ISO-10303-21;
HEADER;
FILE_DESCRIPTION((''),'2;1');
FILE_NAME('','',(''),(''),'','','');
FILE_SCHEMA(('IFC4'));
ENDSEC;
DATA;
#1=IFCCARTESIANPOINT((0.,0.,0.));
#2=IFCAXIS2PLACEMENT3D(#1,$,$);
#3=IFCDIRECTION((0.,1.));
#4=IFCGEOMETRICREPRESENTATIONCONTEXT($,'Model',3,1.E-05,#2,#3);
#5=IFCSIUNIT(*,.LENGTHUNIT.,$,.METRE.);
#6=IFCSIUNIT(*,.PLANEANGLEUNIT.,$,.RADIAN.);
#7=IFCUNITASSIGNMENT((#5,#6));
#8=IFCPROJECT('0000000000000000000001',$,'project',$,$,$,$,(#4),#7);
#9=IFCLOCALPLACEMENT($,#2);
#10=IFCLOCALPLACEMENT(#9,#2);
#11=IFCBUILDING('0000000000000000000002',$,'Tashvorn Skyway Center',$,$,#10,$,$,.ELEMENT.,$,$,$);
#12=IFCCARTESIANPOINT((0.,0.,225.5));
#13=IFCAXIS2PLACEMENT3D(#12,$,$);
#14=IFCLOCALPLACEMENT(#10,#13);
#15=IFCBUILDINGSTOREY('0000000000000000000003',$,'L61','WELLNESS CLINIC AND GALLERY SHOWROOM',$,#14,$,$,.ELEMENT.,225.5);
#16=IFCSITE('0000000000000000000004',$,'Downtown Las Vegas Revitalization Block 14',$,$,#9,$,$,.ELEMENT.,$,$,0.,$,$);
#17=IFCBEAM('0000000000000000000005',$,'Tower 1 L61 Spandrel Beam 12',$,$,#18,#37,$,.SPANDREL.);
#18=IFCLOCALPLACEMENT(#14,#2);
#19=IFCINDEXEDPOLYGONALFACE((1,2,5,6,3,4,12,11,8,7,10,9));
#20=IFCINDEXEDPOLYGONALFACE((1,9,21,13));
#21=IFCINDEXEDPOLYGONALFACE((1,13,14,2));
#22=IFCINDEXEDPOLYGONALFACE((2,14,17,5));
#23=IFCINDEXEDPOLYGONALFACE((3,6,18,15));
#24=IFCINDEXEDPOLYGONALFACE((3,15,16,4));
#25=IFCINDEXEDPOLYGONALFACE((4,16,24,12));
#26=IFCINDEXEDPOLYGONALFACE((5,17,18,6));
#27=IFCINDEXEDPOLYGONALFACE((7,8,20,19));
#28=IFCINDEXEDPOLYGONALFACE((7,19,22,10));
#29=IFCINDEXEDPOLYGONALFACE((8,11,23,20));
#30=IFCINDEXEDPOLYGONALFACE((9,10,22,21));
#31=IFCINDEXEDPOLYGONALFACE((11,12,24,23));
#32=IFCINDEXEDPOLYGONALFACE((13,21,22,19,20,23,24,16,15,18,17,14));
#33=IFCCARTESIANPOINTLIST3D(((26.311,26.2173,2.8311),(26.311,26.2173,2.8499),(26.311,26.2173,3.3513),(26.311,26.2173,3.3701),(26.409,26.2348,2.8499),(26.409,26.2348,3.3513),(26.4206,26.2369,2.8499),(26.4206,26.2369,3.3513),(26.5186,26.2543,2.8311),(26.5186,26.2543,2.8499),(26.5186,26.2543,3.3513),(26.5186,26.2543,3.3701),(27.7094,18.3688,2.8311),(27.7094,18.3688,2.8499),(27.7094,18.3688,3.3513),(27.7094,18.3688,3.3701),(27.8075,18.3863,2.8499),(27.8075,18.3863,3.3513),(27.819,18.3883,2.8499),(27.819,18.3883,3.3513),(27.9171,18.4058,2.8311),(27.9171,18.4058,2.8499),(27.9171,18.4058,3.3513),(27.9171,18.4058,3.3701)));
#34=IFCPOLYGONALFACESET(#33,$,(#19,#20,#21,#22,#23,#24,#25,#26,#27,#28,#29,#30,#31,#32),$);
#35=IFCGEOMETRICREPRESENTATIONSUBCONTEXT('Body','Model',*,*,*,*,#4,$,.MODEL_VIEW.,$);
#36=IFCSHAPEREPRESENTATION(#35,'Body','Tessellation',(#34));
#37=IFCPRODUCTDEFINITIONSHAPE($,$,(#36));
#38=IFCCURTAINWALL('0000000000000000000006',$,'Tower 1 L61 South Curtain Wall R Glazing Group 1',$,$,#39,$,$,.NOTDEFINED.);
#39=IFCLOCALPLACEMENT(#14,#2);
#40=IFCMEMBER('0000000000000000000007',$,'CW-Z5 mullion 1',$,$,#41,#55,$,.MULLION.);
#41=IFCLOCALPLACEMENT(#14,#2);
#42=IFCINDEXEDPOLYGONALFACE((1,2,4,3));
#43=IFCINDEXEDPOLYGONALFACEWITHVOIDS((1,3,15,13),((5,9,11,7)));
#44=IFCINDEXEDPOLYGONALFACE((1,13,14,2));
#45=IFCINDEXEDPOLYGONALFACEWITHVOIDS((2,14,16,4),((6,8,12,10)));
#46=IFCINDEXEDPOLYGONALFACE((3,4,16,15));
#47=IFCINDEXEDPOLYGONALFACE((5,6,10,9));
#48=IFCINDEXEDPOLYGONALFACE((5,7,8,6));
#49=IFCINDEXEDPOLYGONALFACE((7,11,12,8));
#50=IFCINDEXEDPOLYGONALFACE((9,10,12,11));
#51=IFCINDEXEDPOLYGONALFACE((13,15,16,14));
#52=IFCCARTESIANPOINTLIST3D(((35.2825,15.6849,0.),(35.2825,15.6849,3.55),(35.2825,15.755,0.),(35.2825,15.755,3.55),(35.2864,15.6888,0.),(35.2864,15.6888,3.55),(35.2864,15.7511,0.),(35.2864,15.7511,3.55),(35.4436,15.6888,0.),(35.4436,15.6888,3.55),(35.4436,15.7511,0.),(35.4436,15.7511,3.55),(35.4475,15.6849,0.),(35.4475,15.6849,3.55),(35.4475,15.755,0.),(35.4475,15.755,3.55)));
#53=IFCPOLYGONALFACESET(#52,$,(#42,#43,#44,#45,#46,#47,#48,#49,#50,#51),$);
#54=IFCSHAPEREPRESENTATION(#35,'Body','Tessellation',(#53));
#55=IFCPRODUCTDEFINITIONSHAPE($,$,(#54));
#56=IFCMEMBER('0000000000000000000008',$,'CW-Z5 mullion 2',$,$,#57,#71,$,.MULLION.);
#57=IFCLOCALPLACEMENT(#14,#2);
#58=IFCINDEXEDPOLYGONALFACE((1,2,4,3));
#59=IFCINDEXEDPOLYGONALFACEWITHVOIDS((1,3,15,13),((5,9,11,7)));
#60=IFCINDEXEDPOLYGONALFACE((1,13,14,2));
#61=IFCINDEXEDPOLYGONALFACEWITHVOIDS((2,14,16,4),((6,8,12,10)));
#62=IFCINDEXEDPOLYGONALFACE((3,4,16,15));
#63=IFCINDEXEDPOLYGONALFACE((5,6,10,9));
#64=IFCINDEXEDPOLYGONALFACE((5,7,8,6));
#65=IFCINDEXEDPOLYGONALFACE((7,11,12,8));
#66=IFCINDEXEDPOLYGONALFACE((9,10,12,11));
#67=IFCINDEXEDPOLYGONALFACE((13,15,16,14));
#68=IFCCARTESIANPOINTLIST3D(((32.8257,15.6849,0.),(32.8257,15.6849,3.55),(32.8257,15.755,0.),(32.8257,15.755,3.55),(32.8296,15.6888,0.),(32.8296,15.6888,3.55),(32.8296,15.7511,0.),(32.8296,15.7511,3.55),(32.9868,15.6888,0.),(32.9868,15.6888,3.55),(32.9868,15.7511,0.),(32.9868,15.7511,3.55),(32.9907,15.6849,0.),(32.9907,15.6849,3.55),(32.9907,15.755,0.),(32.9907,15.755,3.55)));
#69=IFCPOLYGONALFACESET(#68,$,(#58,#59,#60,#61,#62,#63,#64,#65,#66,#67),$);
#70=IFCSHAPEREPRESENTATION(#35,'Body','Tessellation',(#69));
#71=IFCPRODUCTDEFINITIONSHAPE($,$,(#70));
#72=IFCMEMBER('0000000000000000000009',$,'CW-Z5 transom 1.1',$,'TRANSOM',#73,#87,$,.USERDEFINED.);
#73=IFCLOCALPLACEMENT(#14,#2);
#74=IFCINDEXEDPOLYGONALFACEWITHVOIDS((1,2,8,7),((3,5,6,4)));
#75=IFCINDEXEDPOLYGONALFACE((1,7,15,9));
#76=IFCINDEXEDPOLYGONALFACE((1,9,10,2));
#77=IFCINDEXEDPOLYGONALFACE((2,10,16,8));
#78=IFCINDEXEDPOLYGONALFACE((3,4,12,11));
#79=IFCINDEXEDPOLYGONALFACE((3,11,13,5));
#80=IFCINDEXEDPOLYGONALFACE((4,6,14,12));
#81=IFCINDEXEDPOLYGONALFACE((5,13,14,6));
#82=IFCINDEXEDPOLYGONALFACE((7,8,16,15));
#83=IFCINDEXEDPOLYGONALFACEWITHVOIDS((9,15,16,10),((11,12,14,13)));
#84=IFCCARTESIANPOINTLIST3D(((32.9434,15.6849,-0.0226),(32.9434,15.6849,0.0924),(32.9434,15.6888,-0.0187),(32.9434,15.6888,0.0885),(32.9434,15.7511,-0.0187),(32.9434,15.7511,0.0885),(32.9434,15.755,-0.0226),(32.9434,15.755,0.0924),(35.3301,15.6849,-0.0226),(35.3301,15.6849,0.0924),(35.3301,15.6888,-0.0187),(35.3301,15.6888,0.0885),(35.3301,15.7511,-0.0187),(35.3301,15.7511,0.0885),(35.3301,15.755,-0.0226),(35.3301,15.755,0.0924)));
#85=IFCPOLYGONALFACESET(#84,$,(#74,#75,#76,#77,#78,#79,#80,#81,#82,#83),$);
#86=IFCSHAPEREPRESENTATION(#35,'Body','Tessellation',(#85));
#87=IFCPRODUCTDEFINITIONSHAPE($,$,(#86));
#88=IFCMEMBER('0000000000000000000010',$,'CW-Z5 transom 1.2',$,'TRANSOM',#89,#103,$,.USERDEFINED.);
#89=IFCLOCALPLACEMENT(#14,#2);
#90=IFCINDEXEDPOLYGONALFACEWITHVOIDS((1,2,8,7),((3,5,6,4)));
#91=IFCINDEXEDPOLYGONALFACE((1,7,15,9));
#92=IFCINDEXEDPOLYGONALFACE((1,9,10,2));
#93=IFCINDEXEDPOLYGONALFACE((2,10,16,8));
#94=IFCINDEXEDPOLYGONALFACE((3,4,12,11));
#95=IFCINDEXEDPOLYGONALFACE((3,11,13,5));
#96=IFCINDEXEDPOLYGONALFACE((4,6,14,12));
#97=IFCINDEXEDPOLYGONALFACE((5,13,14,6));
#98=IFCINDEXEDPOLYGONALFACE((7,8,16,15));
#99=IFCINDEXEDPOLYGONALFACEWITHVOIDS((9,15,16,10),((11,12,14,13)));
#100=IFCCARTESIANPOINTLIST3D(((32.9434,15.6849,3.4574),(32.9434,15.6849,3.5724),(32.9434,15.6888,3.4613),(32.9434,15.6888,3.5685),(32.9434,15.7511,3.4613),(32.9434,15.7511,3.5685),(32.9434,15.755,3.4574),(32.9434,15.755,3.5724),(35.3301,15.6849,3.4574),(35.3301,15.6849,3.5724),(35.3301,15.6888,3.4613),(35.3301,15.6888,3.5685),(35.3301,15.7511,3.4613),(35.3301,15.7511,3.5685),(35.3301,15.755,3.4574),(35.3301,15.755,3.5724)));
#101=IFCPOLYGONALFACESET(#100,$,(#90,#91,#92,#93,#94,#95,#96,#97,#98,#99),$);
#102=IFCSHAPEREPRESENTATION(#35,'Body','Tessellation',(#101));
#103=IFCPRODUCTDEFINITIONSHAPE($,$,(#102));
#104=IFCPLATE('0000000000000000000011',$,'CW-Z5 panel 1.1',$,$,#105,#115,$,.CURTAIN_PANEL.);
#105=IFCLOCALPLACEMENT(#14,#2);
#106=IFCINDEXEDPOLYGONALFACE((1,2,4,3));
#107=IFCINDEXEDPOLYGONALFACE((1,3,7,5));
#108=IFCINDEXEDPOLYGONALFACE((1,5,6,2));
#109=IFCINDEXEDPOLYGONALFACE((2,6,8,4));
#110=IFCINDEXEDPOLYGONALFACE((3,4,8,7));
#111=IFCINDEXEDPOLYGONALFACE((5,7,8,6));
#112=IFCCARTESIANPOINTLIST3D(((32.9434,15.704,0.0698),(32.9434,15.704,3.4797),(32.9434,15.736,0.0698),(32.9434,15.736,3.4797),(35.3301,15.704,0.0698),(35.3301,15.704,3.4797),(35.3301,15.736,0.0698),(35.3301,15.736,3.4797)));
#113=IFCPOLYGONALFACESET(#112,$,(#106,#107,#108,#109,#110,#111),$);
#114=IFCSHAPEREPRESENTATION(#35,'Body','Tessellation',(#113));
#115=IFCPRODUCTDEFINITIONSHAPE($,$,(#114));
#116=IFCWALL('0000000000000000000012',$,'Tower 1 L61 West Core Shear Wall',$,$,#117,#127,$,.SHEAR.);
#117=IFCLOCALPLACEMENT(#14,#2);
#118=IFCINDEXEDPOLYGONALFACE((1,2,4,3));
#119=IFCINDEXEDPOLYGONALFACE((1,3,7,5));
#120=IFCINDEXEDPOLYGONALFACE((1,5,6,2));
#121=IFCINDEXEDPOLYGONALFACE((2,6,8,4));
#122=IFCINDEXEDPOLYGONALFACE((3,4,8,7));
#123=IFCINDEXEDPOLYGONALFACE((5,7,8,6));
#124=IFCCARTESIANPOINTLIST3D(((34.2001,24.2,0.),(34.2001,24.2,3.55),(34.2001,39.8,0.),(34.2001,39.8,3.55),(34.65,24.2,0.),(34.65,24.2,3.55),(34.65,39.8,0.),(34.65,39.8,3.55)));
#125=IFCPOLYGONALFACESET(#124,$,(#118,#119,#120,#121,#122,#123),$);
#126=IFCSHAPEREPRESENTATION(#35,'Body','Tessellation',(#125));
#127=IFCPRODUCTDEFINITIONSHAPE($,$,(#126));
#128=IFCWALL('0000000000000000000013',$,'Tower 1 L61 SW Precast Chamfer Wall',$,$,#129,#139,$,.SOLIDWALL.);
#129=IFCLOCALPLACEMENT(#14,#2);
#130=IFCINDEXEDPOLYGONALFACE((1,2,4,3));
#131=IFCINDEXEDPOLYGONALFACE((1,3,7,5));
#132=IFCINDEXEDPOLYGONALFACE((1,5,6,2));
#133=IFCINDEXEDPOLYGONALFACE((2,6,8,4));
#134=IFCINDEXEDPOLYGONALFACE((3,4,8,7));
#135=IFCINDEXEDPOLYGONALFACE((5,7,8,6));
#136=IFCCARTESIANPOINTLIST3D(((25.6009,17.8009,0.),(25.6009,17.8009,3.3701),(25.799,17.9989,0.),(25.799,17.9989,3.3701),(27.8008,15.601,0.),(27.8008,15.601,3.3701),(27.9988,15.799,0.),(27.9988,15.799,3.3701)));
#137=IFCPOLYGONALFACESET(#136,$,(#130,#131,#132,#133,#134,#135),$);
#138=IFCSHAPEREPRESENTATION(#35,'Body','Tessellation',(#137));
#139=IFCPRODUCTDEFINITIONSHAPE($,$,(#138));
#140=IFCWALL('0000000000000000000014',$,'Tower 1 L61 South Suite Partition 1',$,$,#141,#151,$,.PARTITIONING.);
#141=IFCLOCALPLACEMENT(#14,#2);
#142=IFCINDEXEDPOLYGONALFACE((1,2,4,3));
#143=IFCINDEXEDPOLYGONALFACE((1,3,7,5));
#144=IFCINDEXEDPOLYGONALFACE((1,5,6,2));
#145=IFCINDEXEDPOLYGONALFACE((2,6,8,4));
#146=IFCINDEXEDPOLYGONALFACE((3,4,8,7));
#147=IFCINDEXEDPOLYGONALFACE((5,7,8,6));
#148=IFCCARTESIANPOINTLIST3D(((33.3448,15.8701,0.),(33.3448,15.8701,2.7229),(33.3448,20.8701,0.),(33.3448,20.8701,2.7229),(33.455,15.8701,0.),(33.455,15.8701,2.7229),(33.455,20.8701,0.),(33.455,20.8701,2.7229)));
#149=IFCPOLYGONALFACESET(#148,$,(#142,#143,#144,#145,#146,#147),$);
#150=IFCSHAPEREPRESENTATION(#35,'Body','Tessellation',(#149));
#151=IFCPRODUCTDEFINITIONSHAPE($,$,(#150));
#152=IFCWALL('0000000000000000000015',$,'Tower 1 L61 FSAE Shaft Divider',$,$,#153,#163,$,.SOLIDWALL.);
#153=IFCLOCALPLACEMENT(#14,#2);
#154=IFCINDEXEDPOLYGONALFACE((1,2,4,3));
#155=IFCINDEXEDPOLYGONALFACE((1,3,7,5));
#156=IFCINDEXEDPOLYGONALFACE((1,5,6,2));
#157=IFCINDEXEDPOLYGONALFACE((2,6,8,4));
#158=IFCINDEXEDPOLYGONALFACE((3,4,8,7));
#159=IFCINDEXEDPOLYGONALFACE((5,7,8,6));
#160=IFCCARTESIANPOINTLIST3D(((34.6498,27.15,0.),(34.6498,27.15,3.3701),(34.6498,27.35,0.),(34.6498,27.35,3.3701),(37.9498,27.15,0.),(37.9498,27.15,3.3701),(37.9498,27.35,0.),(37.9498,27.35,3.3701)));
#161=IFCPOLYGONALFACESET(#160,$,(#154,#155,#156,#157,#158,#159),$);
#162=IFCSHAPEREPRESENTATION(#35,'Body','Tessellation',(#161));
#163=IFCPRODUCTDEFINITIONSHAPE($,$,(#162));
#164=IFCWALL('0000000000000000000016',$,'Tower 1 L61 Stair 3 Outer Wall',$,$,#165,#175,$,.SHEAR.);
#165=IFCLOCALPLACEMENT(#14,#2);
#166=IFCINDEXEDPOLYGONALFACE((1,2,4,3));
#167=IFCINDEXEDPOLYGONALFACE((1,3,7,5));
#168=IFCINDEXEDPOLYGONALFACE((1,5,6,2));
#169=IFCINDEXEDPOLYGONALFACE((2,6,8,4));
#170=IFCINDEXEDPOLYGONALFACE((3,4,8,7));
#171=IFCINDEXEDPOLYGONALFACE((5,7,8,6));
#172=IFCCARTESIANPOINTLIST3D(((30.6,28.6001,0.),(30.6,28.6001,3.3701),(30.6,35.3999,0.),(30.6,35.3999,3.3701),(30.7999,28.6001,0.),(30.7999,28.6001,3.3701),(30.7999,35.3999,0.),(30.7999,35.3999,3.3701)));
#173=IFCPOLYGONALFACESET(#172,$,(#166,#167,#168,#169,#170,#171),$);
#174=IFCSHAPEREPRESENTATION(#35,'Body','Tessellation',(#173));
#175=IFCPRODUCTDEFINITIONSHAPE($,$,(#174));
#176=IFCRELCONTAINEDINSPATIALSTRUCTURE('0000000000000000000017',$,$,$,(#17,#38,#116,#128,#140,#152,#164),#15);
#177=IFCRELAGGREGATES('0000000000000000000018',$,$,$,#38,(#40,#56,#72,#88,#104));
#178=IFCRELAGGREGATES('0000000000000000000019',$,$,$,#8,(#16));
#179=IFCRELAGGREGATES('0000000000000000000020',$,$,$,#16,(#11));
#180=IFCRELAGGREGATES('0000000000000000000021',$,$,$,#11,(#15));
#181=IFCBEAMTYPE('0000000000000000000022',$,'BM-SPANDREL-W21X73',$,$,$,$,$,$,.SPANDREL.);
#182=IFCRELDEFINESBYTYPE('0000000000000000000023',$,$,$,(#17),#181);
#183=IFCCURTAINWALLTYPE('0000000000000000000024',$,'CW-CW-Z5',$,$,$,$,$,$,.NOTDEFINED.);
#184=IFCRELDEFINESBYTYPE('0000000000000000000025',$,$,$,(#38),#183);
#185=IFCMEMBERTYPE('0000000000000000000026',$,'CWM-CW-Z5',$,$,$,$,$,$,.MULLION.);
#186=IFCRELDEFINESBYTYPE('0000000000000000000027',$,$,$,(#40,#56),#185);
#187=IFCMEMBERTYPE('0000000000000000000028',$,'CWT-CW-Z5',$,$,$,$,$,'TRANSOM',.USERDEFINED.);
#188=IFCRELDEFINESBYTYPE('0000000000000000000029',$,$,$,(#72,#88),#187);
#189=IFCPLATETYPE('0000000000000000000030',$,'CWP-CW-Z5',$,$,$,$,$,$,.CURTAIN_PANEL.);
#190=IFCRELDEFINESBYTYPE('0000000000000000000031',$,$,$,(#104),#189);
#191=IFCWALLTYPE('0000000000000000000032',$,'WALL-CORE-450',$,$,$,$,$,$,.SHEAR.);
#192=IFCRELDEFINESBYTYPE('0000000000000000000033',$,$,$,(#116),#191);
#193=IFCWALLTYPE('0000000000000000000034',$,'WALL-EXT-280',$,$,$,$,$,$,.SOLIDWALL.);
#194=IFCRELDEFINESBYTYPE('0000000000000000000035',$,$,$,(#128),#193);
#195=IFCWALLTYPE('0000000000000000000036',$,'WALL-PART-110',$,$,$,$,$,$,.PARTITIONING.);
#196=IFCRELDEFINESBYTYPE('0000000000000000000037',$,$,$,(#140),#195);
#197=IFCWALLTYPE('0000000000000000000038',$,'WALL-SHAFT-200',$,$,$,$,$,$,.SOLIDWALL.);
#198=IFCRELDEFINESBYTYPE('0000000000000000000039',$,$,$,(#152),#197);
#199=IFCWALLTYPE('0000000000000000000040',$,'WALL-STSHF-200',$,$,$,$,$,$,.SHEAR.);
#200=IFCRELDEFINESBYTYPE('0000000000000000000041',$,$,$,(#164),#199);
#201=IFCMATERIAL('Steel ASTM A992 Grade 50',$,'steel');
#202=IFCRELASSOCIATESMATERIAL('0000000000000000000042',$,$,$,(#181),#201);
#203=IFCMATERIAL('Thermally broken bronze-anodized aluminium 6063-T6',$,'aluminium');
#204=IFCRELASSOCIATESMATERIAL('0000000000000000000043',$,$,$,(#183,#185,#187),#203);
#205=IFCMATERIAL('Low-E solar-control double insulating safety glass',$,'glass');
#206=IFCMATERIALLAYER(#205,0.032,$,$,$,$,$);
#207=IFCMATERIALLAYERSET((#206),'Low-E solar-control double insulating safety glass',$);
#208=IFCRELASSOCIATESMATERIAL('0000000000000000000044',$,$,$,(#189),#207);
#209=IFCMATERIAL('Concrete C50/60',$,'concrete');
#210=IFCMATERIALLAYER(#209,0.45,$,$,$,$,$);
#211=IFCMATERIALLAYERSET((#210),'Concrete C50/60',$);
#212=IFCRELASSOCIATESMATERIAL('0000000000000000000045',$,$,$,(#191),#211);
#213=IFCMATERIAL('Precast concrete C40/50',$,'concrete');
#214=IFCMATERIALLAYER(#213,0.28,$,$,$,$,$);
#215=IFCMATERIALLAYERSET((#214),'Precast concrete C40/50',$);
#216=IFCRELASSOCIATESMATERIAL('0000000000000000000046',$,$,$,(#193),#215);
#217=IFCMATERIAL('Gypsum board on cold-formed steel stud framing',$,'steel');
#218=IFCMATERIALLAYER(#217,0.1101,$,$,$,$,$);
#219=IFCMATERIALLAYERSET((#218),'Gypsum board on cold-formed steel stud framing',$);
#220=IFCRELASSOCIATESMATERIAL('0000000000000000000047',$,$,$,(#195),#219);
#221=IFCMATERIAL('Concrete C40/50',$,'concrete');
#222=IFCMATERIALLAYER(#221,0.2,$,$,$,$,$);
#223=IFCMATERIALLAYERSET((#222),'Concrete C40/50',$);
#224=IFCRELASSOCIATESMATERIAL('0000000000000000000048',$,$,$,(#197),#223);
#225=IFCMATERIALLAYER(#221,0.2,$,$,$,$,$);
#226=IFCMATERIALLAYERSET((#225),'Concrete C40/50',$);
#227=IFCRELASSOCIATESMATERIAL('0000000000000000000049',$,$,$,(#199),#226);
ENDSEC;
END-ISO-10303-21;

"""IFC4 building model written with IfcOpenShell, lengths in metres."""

from ifc_helpers import new_model, si_unit, direction, frame, frame_2d, origin, origin_2d, place, context, subcontext, project, spatial, rectangle, hollow_rectangle, i_section, extrude, material, layer, layer_set, material_profile, profile_set, type_object, element, aggregate, save


model = new_model("IFC4")

# Units and contexts
model_context = context("Model", 3, precision=1e-05, world=origin(), true_north=direction((0.0, 1.0)))
body_context = subcontext(model_context, "Body", "Model", "MODEL_VIEW")
ifc_project = project(units=[si_unit("LENGTHUNIT", "METRE"), si_unit("PLANEANGLEUNIT", "RADIAN")], contexts=[model_context])

# Site, building, storey
site_placement = place(None, origin())
site = spatial("IfcSite", under=ifc_project, at=site_placement, Name="Downtown Las Vegas Revitalization Block 14", CompositionType="ELEMENT", RefElevation=0.0)
building_placement = place(site_placement, origin())
building = spatial("IfcBuilding", under=site, at=building_placement, Name="Tashvorn Skyway Center", CompositionType="ELEMENT")
storey_placement = place(building_placement, frame((0.0, 0.0, 225.5)))
storey = spatial("IfcBuildingStorey", under=building, at=storey_placement, Name="L61", Description="WELLNESS CLINIC AND GALLERY SHOWROOM", CompositionType="ELEMENT", Elevation=225.5)

# Beam
ifc_material_1 = material(Name="Steel ASTM A992 Grade 50", Category="steel")
ifc_material_profile_1 = material_profile(ifc_material_1, i_section(OverallWidth=0.2109, OverallDepth=0.5391, WebThickness=0.0117, FlangeThickness=0.0188, at=origin_2d()), Name="W21X73")
ifc_profile_set_1 = profile_set([ifc_material_profile_1], Name="Steel ASTM A992 Grade 50")
beam_type_1 = type_object("IfcBeamType", Name="BM-SPANDREL-W21X73", PredefinedType="SPANDREL", material=ifc_profile_set_1)
beam_1_placement = place(storey_placement, frame((26.4148, 26.2358, 3.1006), z_axis=(0.175413, -0.984495, 0.0), x_axis=(0.984495, 0.175413, 0.0)))
element("IfcBeam", 1, at=beam_1_placement, inside=storey, type_object=beam_type_1, Name="Tower 1 L61 Spandrel Beam 12", PredefinedType="SPANDREL", context=body_context, shape_type="SweptSolid", body=[
    extrude(i_section(OverallWidth=0.2109, OverallDepth=0.5391, WebThickness=0.0117, FlangeThickness=0.0188, at=origin_2d()), origin(), (0.0, 0.0, 1.0), 7.9722),
])

# Curtain wall, members, plate
ifc_material_2 = material(Name="Thermally broken bronze-anodized aluminium 6063-T6", Category="aluminium")
curtain_wall_type = type_object("IfcCurtainWallType", Name="CW-CW-Z5", PredefinedType="NOTDEFINED", material=ifc_material_2)
curtain_wall_placement = place(storey_placement, origin())
curtain_wall = element("IfcCurtainWall", 2, at=curtain_wall_placement, inside=storey, type_object=curtain_wall_type, Name="Tower 1 L61 South Curtain Wall R Glazing Group 1", PredefinedType="NOTDEFINED")
ifc_material_profile_2 = material_profile(ifc_material_2, hollow_rectangle(XDim=0.0701, YDim=0.165, WallThickness=0.0039, at=origin_2d()), Name="ALU-MULL-70x165")
ifc_profile_set_2 = profile_set([ifc_material_profile_2], Name="Thermally broken bronze-anodized aluminium 6063-T6")
member_type_1 = type_object("IfcMemberType", Name="CWM-CW-Z5", PredefinedType="MULLION", material=ifc_profile_set_2)
member_1_placement = place(storey_placement, frame((35.365, 15.72, 0.0), z_axis=(0.0, 0.0, 1.0), x_axis=(0.0, -1.0, 0.0)))
member_1 = element("IfcMember", 3, at=member_1_placement, type_object=member_type_1, Name="CW-Z5 mullion 1", PredefinedType="MULLION", context=body_context, shape_type="SweptSolid", body=[
    extrude(hollow_rectangle(XDim=0.0701, YDim=0.165, WallThickness=0.0039, at=origin_2d()), origin(), (0.0, 0.0, 1.0), 3.55),
])
member_2_placement = place(storey_placement, frame((32.9082, 15.72, 0.0), z_axis=(0.0, 0.0, 1.0), x_axis=(0.0, -1.0, 0.0)))
member_2 = element("IfcMember", 4, at=member_2_placement, type_object=member_type_1, Name="CW-Z5 mullion 2", PredefinedType="MULLION", context=body_context, shape_type="SweptSolid", body=[
    extrude(hollow_rectangle(XDim=0.0701, YDim=0.165, WallThickness=0.0039, at=origin_2d()), origin(), (0.0, 0.0, 1.0), 3.55),
])
ifc_material_profile_3 = material_profile(ifc_material_2, hollow_rectangle(XDim=0.0701, YDim=0.115, WallThickness=0.0039, at=origin_2d()), Name="ALU-TRAN-70x115")
ifc_profile_set_3 = profile_set([ifc_material_profile_3], Name="Thermally broken bronze-anodized aluminium 6063-T6")
member_type_2 = type_object("IfcMemberType", Name="CWT-CW-Z5", ElementType="TRANSOM", PredefinedType="USERDEFINED", material=ifc_profile_set_3)
member_3_placement = place(storey_placement, frame((35.3301, 15.72, 0.0349), z_axis=(-1.0, 0.0, 0.0), x_axis=(0.0, -1.0, 0.0)))
member_3 = element("IfcMember", 5, at=member_3_placement, type_object=member_type_2, Name="CW-Z5 transom 1.1", ObjectType="TRANSOM", PredefinedType="USERDEFINED", context=body_context, shape_type="SweptSolid", body=[
    extrude(hollow_rectangle(XDim=0.0701, YDim=0.115, WallThickness=0.0039, at=origin_2d()), origin(), (0.0, 0.0, 1.0), 2.3867),
])
member_4_placement = place(storey_placement, frame((35.3301, 15.72, 3.5149), z_axis=(-1.0, 0.0, 0.0), x_axis=(0.0, -1.0, 0.0)))
member_4 = element("IfcMember", 6, at=member_4_placement, type_object=member_type_2, Name="CW-Z5 transom 1.2", ObjectType="TRANSOM", PredefinedType="USERDEFINED", context=body_context, shape_type="SweptSolid", body=[
    extrude(hollow_rectangle(XDim=0.0701, YDim=0.115, WallThickness=0.0039, at=origin_2d()), origin(), (0.0, 0.0, 1.0), 2.3867),
])
ifc_material_3 = material(Name="Low-E solar-control double insulating safety glass", Category="glass")
ifc_layer_1 = layer(ifc_material_3, 0.032)
ifc_layer_set_1 = layer_set([ifc_layer_1], Name="Low-E solar-control double insulating safety glass")
plate_type = type_object("IfcPlateType", Name="CWP-CW-Z5", PredefinedType="CURTAIN_PANEL", material=ifc_layer_set_1)
plate_placement = place(storey_placement, frame((34.1367, 15.72, 0.0698), z_axis=(0.0, 0.0, 1.0), x_axis=(-1.0, 0.0, 0.0)))
plate = element("IfcPlate", 7, at=plate_placement, type_object=plate_type, Name="CW-Z5 panel 1.1", PredefinedType="CURTAIN_PANEL", context=body_context, shape_type="SweptSolid", body=[
    extrude(rectangle(XDim=2.3867, YDim=0.032, at=origin_2d()), origin(), (0.0, 0.0, 1.0), 3.4099),
])
aggregate(curtain_wall, [member_1, member_2, member_3, member_4, plate])

# Walls
ifc_material_4 = material(Name="Concrete C50/60", Category="concrete")
ifc_layer_2 = layer(ifc_material_4, 0.45)
ifc_layer_set_2 = layer_set([ifc_layer_2], Name="Concrete C50/60")
wall_type_1 = type_object("IfcWallType", Name="WALL-CORE-450", PredefinedType="SHEAR", material=ifc_layer_set_2)
wall_1_placement = place(storey_placement, frame((34.425, 24.2, 0.0), z_axis=(0.0, 0.0, 1.0), x_axis=(0.0, 1.0, 0.0)))
element("IfcWall", 8, at=wall_1_placement, inside=storey, type_object=wall_type_1, Name="Tower 1 L61 West Core Shear Wall", PredefinedType="SHEAR", context=body_context, shape_type="SweptSolid", body=[
    extrude(rectangle(XDim=15.6001, YDim=0.45, at=frame_2d((7.8, 0.0))), origin(), (0.0, 0.0, 1.0), 3.55),
])
ifc_material_5 = material(Name="Precast concrete C40/50", Category="concrete")
ifc_layer_3 = layer(ifc_material_5, 0.28)
ifc_layer_set_3 = layer_set([ifc_layer_3], Name="Precast concrete C40/50")
wall_type_2 = type_object("IfcWallType", Name="WALL-EXT-280", PredefinedType="SOLIDWALL", material=ifc_layer_set_3)
wall_2_placement = place(storey_placement, frame((27.8999, 15.7, 0.0), z_axis=(0.0, 0.0, 1.0), x_axis=(-0.707107, 0.707107, 0.0)))
element("IfcWall", 9, at=wall_2_placement, inside=storey, type_object=wall_type_2, Name="Tower 1 L61 SW Precast Chamfer Wall", PredefinedType="SOLIDWALL", context=body_context, shape_type="SweptSolid", body=[
    extrude(rectangle(XDim=3.1111, YDim=0.28, at=frame_2d((1.5557, 0.0))), origin(), (0.0, 0.0, 1.0), 3.3701),
])
ifc_material_6 = material(Name="Gypsum board on cold-formed steel stud framing", Category="steel")
ifc_layer_4 = layer(ifc_material_6, 0.1101)
ifc_layer_set_4 = layer_set([ifc_layer_4], Name="Gypsum board on cold-formed steel stud framing")
wall_type_3 = type_object("IfcWallType", Name="WALL-PART-110", PredefinedType="PARTITIONING", material=ifc_layer_set_4)
wall_3_placement = place(storey_placement, frame((33.3999, 15.8701, 0.0), z_axis=(0.0, 0.0, 1.0), x_axis=(0.0, 1.0, 0.0)))
element("IfcWall", 10, at=wall_3_placement, inside=storey, type_object=wall_type_3, Name="Tower 1 L61 South Suite Partition 1", PredefinedType="PARTITIONING", context=body_context, shape_type="SweptSolid", body=[
    extrude(rectangle(XDim=5.0, YDim=0.1101, at=frame_2d((2.5, 0.0))), origin(), (0.0, 0.0, 1.0), 2.7229),
])
ifc_material_7 = material(Name="Concrete C40/50", Category="concrete")
ifc_layer_5 = layer(ifc_material_7, 0.2)
ifc_layer_set_5 = layer_set([ifc_layer_5], Name="Concrete C40/50")
wall_type_4 = type_object("IfcWallType", Name="WALL-SHAFT-200", PredefinedType="SOLIDWALL", material=ifc_layer_set_5)
wall_4_placement = place(storey_placement, frame((34.6499, 27.25, 0.0), z_axis=(0.0, 0.0, 1.0), x_axis=(1.0, 0.0, 0.0)))
element("IfcWall", 11, at=wall_4_placement, inside=storey, type_object=wall_type_4, Name="Tower 1 L61 FSAE Shaft Divider", PredefinedType="SOLIDWALL", context=body_context, shape_type="SweptSolid", body=[
    extrude(rectangle(XDim=3.3, YDim=0.2, at=frame_2d((1.6499, 0.0))), origin(), (0.0, 0.0, 1.0), 3.3701),
])
ifc_layer_6 = layer(ifc_material_7, 0.2)
ifc_layer_set_6 = layer_set([ifc_layer_6], Name="Concrete C40/50")
wall_type_5 = type_object("IfcWallType", Name="WALL-STSHF-200", PredefinedType="SHEAR", material=ifc_layer_set_6)
wall_5_placement = place(storey_placement, frame((30.7, 28.6001, 0.0), z_axis=(0.0, 0.0, 1.0), x_axis=(0.0, 1.0, 0.0)))
element("IfcWall", 12, at=wall_5_placement, inside=storey, type_object=wall_type_5, Name="Tower 1 L61 Stair 3 Outer Wall", PredefinedType="SHEAR", context=body_context, shape_type="SweptSolid", body=[
    extrude(rectangle(XDim=6.7998, YDim=0.2, at=frame_2d((3.3999, 0.0))), origin(), (0.0, 0.0, 1.0), 3.3701),
])

save(model, "model.ifc")
